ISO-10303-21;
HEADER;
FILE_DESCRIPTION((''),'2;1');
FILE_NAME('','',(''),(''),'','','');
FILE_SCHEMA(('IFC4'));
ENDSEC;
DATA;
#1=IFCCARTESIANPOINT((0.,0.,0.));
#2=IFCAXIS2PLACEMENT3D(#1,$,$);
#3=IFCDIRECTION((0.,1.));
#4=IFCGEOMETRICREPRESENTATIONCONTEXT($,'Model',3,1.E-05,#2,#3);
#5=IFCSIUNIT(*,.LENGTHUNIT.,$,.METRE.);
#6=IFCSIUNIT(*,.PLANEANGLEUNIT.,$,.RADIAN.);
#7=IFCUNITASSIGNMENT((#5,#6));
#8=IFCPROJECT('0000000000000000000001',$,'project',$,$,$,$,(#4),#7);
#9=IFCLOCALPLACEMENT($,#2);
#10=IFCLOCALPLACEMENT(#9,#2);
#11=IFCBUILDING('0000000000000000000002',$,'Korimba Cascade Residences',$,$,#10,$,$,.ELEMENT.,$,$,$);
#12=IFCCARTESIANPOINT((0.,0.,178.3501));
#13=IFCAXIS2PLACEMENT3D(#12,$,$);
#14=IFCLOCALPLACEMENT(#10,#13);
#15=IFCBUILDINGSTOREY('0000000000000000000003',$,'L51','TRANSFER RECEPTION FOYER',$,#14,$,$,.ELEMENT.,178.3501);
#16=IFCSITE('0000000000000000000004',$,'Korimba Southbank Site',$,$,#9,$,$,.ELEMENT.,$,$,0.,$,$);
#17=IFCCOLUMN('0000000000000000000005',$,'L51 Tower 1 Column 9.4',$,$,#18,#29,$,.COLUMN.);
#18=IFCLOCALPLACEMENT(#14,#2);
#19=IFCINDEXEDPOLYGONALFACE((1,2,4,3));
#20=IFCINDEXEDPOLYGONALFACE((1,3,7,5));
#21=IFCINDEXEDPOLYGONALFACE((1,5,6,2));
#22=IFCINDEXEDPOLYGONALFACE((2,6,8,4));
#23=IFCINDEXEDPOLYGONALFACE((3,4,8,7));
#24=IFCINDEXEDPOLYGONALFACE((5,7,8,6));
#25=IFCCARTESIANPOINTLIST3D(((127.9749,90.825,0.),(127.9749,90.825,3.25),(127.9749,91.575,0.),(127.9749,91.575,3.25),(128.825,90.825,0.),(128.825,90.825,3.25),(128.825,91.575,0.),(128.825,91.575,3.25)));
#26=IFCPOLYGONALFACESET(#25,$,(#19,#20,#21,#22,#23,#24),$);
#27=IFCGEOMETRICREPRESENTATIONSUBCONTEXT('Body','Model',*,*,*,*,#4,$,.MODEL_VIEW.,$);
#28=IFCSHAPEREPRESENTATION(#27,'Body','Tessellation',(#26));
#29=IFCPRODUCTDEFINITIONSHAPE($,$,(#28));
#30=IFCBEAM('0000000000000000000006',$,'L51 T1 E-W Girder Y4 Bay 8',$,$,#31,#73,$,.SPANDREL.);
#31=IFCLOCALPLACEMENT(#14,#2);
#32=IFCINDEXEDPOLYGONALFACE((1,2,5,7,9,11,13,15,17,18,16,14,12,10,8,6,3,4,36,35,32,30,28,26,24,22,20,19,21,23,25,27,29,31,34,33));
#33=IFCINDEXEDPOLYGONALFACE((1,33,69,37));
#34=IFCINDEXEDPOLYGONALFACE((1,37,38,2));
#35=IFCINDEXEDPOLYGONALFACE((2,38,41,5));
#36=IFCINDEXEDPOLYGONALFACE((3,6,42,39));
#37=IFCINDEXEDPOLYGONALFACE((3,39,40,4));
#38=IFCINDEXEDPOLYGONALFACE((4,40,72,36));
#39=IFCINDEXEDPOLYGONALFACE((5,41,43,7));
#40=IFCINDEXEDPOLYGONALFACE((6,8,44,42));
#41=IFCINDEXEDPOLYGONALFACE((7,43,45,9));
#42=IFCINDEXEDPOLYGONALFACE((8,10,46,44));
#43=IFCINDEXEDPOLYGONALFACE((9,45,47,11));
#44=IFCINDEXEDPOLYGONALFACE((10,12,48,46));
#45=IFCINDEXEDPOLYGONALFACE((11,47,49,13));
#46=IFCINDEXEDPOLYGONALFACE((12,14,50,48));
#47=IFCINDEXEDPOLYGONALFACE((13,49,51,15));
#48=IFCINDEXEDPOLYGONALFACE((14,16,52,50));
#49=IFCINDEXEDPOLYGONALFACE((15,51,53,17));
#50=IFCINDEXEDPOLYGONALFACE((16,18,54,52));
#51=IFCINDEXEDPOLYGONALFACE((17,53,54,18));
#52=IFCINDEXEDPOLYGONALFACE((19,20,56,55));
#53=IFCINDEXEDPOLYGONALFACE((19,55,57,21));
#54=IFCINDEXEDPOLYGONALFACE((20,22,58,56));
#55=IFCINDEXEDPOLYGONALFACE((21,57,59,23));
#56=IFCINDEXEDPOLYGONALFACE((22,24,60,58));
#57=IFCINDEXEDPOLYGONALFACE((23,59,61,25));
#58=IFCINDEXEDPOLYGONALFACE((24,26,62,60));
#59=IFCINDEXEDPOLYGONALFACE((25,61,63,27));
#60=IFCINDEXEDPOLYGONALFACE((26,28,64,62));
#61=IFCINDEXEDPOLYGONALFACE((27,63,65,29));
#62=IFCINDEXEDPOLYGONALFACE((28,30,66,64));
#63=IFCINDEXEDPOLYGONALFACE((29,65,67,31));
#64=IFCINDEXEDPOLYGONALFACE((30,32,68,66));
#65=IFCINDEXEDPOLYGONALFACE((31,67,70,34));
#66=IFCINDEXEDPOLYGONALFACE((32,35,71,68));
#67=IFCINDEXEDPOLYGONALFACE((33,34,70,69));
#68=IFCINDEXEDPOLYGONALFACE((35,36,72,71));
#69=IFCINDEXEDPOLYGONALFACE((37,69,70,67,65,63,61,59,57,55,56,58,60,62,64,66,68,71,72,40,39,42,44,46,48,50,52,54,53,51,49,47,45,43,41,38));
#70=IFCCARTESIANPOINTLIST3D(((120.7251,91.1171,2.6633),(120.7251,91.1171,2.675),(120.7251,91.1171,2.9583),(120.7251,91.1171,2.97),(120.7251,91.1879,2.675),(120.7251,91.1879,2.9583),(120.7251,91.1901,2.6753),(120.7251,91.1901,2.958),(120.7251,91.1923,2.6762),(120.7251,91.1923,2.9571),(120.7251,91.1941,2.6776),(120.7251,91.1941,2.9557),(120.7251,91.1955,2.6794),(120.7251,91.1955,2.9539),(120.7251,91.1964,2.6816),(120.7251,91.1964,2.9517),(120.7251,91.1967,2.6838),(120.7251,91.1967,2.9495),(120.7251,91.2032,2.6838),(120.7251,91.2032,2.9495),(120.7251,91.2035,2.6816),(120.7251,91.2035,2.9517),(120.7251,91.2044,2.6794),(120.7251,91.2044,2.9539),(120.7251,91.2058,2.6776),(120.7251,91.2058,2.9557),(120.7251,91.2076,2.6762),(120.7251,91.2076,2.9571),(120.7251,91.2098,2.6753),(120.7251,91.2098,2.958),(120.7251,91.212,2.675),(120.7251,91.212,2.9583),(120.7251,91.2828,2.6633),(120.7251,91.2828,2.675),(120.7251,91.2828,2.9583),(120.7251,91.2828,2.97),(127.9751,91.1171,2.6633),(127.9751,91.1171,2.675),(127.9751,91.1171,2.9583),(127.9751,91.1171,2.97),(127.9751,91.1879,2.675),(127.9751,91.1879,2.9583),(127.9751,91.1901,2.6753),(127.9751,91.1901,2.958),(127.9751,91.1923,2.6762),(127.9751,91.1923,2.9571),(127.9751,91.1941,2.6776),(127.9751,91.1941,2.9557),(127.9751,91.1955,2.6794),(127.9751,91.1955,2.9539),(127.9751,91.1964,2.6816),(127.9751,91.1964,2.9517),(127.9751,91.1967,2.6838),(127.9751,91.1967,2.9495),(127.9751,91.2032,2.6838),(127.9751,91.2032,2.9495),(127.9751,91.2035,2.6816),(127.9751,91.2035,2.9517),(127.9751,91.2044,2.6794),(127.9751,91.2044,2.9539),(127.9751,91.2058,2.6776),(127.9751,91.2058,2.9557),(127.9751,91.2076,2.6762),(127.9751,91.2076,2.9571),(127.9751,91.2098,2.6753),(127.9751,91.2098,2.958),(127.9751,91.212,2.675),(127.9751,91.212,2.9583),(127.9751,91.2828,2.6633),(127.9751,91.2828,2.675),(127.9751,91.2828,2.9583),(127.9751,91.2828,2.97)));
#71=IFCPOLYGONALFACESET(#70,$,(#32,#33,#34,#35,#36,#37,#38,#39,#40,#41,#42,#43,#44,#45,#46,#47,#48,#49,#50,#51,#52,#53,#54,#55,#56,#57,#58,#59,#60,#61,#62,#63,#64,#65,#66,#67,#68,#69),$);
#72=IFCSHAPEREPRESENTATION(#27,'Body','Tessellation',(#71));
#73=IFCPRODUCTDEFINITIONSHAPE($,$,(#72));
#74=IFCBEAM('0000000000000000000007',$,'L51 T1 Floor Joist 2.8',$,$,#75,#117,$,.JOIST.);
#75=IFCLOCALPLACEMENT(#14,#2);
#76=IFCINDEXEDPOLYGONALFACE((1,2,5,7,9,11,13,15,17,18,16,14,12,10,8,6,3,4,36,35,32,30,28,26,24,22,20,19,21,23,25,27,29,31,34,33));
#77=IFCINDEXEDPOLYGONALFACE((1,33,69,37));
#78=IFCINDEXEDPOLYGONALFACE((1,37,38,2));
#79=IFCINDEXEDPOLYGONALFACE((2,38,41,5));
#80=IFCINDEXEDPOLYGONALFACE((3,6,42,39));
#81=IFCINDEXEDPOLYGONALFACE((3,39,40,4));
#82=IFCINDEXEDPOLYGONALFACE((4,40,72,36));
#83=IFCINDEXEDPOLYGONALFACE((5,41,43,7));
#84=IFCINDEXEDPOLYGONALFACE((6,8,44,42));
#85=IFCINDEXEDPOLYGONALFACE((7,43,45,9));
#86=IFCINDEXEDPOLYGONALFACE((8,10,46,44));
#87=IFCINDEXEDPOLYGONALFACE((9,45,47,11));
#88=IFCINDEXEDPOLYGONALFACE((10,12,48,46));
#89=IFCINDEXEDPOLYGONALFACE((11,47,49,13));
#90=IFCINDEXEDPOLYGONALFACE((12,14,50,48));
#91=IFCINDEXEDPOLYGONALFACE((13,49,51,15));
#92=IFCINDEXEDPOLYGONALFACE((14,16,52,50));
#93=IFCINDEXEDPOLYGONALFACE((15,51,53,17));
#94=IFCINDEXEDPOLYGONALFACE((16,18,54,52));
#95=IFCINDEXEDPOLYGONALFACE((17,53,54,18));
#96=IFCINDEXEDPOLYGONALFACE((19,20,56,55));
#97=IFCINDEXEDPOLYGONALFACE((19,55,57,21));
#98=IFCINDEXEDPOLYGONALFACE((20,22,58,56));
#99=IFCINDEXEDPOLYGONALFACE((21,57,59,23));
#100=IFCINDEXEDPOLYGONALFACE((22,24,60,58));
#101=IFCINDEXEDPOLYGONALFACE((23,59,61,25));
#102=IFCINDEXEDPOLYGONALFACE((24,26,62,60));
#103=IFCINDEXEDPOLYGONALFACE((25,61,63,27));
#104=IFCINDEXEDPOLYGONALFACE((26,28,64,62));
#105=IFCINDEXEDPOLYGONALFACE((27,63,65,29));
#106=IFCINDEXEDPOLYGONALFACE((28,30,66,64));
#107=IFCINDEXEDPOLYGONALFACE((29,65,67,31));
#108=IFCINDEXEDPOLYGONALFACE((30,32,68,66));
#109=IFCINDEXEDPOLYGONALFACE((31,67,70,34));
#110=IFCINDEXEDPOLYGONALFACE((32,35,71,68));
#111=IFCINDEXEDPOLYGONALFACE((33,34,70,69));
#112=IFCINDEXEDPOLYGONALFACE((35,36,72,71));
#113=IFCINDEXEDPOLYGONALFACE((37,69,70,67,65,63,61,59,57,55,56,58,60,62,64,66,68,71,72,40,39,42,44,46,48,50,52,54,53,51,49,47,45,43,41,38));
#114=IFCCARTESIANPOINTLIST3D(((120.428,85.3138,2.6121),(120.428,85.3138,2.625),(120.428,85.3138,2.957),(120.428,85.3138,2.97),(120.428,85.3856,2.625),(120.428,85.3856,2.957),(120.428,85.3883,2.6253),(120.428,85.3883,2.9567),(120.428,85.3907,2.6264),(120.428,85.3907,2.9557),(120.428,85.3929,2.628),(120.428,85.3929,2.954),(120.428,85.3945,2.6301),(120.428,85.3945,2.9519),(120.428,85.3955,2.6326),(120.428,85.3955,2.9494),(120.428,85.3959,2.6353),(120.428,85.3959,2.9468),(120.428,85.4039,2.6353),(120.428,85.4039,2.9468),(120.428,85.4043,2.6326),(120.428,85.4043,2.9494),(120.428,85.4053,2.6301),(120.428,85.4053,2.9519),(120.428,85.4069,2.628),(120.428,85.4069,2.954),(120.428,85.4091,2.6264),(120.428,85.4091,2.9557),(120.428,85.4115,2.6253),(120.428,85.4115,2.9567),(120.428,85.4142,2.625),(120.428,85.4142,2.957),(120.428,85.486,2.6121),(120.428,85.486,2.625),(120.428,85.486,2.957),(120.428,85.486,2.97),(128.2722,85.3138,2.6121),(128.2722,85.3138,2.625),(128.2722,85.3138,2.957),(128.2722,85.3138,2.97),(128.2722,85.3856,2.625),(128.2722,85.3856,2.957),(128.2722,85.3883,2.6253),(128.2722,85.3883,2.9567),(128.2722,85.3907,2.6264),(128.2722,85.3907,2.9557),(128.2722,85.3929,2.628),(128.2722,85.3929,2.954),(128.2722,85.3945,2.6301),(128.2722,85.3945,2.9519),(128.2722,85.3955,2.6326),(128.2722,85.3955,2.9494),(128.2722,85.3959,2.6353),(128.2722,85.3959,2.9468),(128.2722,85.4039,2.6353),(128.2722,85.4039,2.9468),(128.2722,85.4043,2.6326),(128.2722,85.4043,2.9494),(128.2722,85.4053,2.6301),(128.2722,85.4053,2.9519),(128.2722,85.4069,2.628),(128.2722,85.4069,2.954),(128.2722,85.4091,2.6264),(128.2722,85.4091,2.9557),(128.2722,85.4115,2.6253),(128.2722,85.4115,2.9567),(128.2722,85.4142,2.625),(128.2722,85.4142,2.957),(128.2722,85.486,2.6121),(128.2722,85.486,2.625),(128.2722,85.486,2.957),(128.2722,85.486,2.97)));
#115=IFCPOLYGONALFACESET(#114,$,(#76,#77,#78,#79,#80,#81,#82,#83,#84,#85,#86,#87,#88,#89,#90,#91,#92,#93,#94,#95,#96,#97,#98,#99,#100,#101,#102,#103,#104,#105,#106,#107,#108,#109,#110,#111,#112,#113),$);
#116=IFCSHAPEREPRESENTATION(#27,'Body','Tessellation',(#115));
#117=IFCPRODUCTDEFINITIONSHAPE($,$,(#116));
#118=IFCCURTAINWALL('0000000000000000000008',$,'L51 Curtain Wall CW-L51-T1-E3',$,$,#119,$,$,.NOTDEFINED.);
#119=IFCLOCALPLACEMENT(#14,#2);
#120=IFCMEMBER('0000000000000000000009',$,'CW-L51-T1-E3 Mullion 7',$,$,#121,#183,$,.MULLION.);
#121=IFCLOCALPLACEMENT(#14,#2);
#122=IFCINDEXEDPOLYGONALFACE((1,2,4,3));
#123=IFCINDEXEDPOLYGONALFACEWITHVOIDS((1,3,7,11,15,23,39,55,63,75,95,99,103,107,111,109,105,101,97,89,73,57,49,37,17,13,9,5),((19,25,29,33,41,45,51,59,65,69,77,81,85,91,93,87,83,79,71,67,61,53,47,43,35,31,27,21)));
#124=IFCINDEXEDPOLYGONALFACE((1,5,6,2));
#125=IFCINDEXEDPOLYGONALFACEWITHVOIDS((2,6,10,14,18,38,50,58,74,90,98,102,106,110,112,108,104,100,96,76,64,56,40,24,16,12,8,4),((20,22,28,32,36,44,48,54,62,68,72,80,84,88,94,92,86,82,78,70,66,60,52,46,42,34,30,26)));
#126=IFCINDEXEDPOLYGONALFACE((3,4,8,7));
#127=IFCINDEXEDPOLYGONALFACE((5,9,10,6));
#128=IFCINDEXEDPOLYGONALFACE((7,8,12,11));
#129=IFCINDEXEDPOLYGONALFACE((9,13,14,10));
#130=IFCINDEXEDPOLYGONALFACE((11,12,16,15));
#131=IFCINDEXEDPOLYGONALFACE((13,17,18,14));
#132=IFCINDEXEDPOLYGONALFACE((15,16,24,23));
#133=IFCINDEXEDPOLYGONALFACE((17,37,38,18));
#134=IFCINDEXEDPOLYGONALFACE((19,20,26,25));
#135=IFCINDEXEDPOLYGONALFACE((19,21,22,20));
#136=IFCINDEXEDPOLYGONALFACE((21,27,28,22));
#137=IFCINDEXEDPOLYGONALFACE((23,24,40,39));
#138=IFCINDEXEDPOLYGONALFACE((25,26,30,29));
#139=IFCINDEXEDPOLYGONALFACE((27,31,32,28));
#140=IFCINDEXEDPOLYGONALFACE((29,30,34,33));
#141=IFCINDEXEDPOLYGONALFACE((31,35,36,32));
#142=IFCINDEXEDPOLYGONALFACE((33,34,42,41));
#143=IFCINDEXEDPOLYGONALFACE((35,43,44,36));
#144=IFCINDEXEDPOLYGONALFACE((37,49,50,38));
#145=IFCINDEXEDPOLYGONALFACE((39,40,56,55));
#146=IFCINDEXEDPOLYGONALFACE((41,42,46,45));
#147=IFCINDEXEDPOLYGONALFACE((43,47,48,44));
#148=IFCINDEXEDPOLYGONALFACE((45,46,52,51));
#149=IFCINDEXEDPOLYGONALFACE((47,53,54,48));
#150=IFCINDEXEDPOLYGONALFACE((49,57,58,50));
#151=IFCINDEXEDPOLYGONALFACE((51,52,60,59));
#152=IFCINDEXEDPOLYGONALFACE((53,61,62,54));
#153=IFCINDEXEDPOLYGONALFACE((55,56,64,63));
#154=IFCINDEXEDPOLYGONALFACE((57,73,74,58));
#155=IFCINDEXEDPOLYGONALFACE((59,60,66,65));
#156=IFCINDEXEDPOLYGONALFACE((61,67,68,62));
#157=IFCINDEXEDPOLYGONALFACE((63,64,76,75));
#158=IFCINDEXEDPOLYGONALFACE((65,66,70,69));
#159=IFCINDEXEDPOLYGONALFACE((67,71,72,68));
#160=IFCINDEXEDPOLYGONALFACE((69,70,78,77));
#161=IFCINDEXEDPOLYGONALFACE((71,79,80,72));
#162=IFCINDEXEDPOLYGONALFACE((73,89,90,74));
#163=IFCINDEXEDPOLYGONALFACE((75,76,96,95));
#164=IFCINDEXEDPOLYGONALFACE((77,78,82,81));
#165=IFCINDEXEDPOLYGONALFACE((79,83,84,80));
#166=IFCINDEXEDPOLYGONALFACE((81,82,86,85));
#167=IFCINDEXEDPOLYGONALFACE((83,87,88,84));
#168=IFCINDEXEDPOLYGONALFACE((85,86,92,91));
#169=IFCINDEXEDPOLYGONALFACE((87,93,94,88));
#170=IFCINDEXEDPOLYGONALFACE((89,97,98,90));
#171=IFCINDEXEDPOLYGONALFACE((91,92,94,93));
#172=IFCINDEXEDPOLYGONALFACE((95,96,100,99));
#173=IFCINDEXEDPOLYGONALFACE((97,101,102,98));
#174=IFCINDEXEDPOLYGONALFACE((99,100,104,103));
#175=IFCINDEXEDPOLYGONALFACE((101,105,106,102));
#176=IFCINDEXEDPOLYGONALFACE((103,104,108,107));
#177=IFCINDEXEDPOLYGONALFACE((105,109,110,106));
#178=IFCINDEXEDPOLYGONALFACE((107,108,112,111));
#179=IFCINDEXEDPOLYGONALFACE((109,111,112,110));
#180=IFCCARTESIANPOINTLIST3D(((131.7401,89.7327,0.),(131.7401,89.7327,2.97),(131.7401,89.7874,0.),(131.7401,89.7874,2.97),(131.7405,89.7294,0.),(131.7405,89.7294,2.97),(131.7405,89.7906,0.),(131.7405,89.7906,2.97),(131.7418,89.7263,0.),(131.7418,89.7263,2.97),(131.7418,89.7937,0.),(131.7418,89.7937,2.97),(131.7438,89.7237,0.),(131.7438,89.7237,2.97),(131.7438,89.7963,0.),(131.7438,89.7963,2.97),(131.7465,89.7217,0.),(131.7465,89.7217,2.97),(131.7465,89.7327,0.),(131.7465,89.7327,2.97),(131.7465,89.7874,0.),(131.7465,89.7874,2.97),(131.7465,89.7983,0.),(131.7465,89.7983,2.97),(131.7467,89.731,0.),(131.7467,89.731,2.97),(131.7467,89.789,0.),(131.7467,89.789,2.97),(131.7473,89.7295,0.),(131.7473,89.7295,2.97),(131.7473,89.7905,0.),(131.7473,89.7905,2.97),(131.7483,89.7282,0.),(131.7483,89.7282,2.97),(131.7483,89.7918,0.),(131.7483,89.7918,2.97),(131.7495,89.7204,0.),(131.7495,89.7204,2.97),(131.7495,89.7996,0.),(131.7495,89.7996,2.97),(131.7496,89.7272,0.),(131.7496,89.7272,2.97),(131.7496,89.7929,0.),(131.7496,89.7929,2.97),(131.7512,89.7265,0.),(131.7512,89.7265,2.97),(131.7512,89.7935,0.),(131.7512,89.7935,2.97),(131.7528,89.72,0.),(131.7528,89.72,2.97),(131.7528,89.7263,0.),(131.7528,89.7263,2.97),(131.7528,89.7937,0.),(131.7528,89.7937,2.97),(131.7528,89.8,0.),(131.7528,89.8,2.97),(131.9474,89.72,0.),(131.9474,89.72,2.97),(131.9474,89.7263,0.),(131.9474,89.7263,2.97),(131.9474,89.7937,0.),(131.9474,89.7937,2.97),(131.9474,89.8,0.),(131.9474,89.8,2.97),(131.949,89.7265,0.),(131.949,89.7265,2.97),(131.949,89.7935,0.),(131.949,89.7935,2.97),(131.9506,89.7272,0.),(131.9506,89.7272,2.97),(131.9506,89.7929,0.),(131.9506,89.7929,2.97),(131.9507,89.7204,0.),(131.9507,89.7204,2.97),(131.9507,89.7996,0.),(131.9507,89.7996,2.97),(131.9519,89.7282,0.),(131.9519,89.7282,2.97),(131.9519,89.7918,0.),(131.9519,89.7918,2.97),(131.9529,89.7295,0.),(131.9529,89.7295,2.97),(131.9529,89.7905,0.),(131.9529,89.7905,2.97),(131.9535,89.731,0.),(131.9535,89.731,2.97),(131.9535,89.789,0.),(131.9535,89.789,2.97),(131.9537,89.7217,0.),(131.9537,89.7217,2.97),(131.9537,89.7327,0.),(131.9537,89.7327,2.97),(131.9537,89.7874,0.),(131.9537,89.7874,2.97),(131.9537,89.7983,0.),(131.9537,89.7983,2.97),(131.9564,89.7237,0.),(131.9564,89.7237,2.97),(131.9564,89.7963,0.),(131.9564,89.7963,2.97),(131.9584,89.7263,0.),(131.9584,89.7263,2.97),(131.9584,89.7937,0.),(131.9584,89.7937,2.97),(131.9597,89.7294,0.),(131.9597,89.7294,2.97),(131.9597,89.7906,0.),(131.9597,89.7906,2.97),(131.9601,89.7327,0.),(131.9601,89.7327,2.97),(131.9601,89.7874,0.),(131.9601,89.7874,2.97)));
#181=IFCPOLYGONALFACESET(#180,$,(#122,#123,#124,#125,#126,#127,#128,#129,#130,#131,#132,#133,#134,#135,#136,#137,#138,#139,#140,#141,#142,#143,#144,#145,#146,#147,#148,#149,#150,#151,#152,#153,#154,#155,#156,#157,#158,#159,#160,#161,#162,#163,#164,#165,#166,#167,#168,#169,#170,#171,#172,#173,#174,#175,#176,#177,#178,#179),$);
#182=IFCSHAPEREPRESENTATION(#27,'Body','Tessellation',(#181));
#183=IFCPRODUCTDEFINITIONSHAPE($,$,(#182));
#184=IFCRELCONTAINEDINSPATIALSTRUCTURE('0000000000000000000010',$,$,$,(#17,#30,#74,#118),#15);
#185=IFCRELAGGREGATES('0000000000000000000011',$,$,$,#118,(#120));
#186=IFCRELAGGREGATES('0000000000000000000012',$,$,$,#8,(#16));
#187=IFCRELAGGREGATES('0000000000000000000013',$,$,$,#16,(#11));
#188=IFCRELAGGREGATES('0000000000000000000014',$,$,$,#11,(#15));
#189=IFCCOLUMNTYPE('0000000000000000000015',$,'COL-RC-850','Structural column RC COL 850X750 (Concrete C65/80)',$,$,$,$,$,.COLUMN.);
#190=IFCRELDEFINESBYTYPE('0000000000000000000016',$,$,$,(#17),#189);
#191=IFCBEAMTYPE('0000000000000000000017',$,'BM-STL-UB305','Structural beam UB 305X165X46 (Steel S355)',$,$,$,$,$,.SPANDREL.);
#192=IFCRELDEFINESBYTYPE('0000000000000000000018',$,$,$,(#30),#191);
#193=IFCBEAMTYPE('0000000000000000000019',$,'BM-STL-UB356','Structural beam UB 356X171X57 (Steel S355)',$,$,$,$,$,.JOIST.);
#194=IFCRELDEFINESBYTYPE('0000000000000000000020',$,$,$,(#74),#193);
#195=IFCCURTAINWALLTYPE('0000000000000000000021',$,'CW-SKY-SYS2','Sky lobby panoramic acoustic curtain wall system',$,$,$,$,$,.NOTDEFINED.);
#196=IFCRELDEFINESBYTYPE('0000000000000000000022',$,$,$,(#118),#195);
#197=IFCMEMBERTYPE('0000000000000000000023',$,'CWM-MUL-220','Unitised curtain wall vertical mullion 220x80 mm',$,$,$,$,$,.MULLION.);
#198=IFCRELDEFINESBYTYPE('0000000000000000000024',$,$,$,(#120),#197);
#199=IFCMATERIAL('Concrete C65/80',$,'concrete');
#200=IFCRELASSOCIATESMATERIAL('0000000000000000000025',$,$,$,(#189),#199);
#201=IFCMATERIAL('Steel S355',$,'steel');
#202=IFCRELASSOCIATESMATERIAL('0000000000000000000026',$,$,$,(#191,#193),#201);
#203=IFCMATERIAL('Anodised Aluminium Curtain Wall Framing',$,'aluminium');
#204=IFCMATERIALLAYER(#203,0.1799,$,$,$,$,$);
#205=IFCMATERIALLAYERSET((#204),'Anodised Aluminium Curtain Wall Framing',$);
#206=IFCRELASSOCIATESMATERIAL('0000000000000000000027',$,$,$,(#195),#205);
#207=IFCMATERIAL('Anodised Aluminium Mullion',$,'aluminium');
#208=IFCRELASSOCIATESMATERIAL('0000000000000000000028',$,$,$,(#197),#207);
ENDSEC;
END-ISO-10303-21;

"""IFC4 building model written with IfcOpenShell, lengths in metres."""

from ifc_helpers import new_model, si_unit, direction, frame, origin, origin_2d, place, context, subcontext, project, spatial, rectangle, hollow_rectangle, i_section, extrude, material, layer, layer_set, material_profile, profile_set, type_object, element, aggregate, save


model = new_model("IFC4")

# Units and contexts
model_context = context("Model", 3, precision=1e-05, world=origin(), true_north=direction((0.0, 1.0)))
body_context = subcontext(model_context, "Body", "Model", "MODEL_VIEW")
ifc_project = project(units=[si_unit("LENGTHUNIT", "METRE"), si_unit("PLANEANGLEUNIT", "RADIAN")], contexts=[model_context])

# Site, building, storey
site_placement = place(None, origin())
site = spatial("IfcSite", under=ifc_project, at=site_placement, Name="Korimba Southbank Site", CompositionType="ELEMENT", RefElevation=0.0)
building_placement = place(site_placement, origin())
building = spatial("IfcBuilding", under=site, at=building_placement, Name="Korimba Cascade Residences", CompositionType="ELEMENT")
storey_placement = place(building_placement, frame((0.0, 0.0, 178.3501)))
storey = spatial("IfcBuildingStorey", under=building, at=storey_placement, Name="L51", Description="TRANSFER RECEPTION FOYER", CompositionType="ELEMENT", Elevation=178.3501)

# Column
ifc_material_1 = material(Name="Concrete C65/80", Category="concrete")
ifc_material_profile_1 = material_profile(ifc_material_1, rectangle(XDim=0.8501, YDim=0.75, at=origin_2d()), Name="Concrete C65/80")
ifc_profile_set_1 = profile_set([ifc_material_profile_1], Name="Concrete C65/80")
column_type = type_object("IfcColumnType", Name="COL-RC-850", Description="Structural column RC COL 850X750 (Concrete C65/80)", PredefinedType="COLUMN", material=ifc_profile_set_1)
column_placement = place(storey_placement, frame((128.3999, 91.2, 0.0), z_axis=(0.0, 0.0, 1.0), x_axis=(1.0, 0.0, 0.0)))
element("IfcColumn", 1, at=column_placement, inside=storey, type_object=column_type, Name="L51 Tower 1 Column 9.4", PredefinedType="COLUMN", context=body_context, shape_type="SweptSolid", body=[
    extrude(rectangle(XDim=0.8501, YDim=0.75, at=origin_2d()), origin(), (0.0, 0.0, 1.0), 3.25),
])

# Beams
ifc_material_2 = material(Name="Steel S355", Category="steel")
ifc_material_profile_2 = material_profile(ifc_material_2, i_section(OverallWidth=0.1658, OverallDepth=0.3066, WebThickness=0.0066, FlangeThickness=0.0117, FilletRadius=0.0088, at=origin_2d()), Name="Steel S355")
ifc_profile_set_2 = profile_set([ifc_material_profile_2], Name="Steel S355")
beam_type_1 = type_object("IfcBeamType", Name="BM-STL-UB305", Description="Structural beam UB 305X165X46 (Steel S355)", PredefinedType="SPANDREL", material=ifc_profile_set_2)
beam_1_placement = place(storey_placement, frame((120.7251, 91.2, 2.8167), z_axis=(1.0, 0.0, 0.0), x_axis=(0.0, 1.0, 0.0)))
element("IfcBeam", 2, at=beam_1_placement, inside=storey, type_object=beam_type_1, Name="L51 T1 E-W Girder Y4 Bay 8", PredefinedType="SPANDREL", context=body_context, shape_type="SweptSolid", body=[
    extrude(i_section(OverallWidth=0.1658, OverallDepth=0.3066, WebThickness=0.0066, FlangeThickness=0.0117, FilletRadius=0.0088, at=origin_2d()), origin(), (0.0, 0.0, 1.0), 7.25),
])
ifc_material_profile_3 = material_profile(ifc_material_2, i_section(OverallWidth=0.1721, OverallDepth=0.3579, WebThickness=0.0081, FlangeThickness=0.0129, FilletRadius=0.0103, at=origin_2d()), Name="Steel S355")
ifc_profile_set_3 = profile_set([ifc_material_profile_3], Name="Steel S355")
beam_type_2 = type_object("IfcBeamType", Name="BM-STL-UB356", Description="Structural beam UB 356X171X57 (Steel S355)", PredefinedType="JOIST", material=ifc_profile_set_3)
beam_2_placement = place(storey_placement, frame((120.428, 85.3999, 2.791), z_axis=(1.0, 0.0, 0.0), x_axis=(0.0, 1.0, 0.0)))
element("IfcBeam", 3, at=beam_2_placement, inside=storey, type_object=beam_type_2, Name="L51 T1 Floor Joist 2.8", PredefinedType="JOIST", context=body_context, shape_type="SweptSolid", body=[
    extrude(i_section(OverallWidth=0.1721, OverallDepth=0.3579, WebThickness=0.0081, FlangeThickness=0.0129, FilletRadius=0.0103, at=origin_2d()), origin(), (0.0, 0.0, 1.0), 7.8442),
])

# Curtain wall, member
ifc_material_3 = material(Name="Anodised Aluminium Curtain Wall Framing", Category="aluminium")
ifc_layer_1 = layer(ifc_material_3, 0.1799)
ifc_layer_set_1 = layer_set([ifc_layer_1], Name="Anodised Aluminium Curtain Wall Framing")
curtain_wall_type = type_object("IfcCurtainWallType", Name="CW-SKY-SYS2", Description="Sky lobby panoramic acoustic curtain wall system", PredefinedType="NOTDEFINED", material=ifc_layer_set_1)
curtain_wall_placement = place(storey_placement, origin())
curtain_wall = element("IfcCurtainWall", 4, at=curtain_wall_placement, inside=storey, type_object=curtain_wall_type, Name="L51 Curtain Wall CW-L51-T1-E3", PredefinedType="NOTDEFINED")
ifc_material_4 = material(Name="Anodised Aluminium Mullion", Category="aluminium")
ifc_material_profile_4 = material_profile(ifc_material_4, hollow_rectangle(XDim=0.0801, YDim=0.22, WallThickness=0.0063, InnerFilletRadius=0.0063, OuterFilletRadius=0.0127, at=origin_2d()), Name="Anodised Aluminium Mullion")
ifc_profile_set_4 = profile_set([ifc_material_profile_4], Name="Anodised Aluminium Mullion")
member_type_1 = type_object("IfcMemberType", Name="CWM-MUL-220", Description="Unitised curtain wall vertical mullion 220x80 mm", PredefinedType="MULLION", material=ifc_profile_set_4)
member_1_placement = place(storey_placement, frame((131.8501, 89.76, 0.0), z_axis=(0.0, 0.0, 1.0), x_axis=(0.0, 1.0, 0.0)))
member_1 = element("IfcMember", 5, at=member_1_placement, type_object=member_type_1, Name="CW-L51-T1-E3 Mullion 7", PredefinedType="MULLION", context=body_context, shape_type="SweptSolid", body=[
    extrude(hollow_rectangle(XDim=0.0801, YDim=0.22, WallThickness=0.0063, InnerFilletRadius=0.0063, OuterFilletRadius=0.0127, at=origin_2d()), origin(), (0.0, 0.0, 1.0), 2.97),
])
aggregate(curtain_wall, [member_1])

save(model, "model.ifc")
